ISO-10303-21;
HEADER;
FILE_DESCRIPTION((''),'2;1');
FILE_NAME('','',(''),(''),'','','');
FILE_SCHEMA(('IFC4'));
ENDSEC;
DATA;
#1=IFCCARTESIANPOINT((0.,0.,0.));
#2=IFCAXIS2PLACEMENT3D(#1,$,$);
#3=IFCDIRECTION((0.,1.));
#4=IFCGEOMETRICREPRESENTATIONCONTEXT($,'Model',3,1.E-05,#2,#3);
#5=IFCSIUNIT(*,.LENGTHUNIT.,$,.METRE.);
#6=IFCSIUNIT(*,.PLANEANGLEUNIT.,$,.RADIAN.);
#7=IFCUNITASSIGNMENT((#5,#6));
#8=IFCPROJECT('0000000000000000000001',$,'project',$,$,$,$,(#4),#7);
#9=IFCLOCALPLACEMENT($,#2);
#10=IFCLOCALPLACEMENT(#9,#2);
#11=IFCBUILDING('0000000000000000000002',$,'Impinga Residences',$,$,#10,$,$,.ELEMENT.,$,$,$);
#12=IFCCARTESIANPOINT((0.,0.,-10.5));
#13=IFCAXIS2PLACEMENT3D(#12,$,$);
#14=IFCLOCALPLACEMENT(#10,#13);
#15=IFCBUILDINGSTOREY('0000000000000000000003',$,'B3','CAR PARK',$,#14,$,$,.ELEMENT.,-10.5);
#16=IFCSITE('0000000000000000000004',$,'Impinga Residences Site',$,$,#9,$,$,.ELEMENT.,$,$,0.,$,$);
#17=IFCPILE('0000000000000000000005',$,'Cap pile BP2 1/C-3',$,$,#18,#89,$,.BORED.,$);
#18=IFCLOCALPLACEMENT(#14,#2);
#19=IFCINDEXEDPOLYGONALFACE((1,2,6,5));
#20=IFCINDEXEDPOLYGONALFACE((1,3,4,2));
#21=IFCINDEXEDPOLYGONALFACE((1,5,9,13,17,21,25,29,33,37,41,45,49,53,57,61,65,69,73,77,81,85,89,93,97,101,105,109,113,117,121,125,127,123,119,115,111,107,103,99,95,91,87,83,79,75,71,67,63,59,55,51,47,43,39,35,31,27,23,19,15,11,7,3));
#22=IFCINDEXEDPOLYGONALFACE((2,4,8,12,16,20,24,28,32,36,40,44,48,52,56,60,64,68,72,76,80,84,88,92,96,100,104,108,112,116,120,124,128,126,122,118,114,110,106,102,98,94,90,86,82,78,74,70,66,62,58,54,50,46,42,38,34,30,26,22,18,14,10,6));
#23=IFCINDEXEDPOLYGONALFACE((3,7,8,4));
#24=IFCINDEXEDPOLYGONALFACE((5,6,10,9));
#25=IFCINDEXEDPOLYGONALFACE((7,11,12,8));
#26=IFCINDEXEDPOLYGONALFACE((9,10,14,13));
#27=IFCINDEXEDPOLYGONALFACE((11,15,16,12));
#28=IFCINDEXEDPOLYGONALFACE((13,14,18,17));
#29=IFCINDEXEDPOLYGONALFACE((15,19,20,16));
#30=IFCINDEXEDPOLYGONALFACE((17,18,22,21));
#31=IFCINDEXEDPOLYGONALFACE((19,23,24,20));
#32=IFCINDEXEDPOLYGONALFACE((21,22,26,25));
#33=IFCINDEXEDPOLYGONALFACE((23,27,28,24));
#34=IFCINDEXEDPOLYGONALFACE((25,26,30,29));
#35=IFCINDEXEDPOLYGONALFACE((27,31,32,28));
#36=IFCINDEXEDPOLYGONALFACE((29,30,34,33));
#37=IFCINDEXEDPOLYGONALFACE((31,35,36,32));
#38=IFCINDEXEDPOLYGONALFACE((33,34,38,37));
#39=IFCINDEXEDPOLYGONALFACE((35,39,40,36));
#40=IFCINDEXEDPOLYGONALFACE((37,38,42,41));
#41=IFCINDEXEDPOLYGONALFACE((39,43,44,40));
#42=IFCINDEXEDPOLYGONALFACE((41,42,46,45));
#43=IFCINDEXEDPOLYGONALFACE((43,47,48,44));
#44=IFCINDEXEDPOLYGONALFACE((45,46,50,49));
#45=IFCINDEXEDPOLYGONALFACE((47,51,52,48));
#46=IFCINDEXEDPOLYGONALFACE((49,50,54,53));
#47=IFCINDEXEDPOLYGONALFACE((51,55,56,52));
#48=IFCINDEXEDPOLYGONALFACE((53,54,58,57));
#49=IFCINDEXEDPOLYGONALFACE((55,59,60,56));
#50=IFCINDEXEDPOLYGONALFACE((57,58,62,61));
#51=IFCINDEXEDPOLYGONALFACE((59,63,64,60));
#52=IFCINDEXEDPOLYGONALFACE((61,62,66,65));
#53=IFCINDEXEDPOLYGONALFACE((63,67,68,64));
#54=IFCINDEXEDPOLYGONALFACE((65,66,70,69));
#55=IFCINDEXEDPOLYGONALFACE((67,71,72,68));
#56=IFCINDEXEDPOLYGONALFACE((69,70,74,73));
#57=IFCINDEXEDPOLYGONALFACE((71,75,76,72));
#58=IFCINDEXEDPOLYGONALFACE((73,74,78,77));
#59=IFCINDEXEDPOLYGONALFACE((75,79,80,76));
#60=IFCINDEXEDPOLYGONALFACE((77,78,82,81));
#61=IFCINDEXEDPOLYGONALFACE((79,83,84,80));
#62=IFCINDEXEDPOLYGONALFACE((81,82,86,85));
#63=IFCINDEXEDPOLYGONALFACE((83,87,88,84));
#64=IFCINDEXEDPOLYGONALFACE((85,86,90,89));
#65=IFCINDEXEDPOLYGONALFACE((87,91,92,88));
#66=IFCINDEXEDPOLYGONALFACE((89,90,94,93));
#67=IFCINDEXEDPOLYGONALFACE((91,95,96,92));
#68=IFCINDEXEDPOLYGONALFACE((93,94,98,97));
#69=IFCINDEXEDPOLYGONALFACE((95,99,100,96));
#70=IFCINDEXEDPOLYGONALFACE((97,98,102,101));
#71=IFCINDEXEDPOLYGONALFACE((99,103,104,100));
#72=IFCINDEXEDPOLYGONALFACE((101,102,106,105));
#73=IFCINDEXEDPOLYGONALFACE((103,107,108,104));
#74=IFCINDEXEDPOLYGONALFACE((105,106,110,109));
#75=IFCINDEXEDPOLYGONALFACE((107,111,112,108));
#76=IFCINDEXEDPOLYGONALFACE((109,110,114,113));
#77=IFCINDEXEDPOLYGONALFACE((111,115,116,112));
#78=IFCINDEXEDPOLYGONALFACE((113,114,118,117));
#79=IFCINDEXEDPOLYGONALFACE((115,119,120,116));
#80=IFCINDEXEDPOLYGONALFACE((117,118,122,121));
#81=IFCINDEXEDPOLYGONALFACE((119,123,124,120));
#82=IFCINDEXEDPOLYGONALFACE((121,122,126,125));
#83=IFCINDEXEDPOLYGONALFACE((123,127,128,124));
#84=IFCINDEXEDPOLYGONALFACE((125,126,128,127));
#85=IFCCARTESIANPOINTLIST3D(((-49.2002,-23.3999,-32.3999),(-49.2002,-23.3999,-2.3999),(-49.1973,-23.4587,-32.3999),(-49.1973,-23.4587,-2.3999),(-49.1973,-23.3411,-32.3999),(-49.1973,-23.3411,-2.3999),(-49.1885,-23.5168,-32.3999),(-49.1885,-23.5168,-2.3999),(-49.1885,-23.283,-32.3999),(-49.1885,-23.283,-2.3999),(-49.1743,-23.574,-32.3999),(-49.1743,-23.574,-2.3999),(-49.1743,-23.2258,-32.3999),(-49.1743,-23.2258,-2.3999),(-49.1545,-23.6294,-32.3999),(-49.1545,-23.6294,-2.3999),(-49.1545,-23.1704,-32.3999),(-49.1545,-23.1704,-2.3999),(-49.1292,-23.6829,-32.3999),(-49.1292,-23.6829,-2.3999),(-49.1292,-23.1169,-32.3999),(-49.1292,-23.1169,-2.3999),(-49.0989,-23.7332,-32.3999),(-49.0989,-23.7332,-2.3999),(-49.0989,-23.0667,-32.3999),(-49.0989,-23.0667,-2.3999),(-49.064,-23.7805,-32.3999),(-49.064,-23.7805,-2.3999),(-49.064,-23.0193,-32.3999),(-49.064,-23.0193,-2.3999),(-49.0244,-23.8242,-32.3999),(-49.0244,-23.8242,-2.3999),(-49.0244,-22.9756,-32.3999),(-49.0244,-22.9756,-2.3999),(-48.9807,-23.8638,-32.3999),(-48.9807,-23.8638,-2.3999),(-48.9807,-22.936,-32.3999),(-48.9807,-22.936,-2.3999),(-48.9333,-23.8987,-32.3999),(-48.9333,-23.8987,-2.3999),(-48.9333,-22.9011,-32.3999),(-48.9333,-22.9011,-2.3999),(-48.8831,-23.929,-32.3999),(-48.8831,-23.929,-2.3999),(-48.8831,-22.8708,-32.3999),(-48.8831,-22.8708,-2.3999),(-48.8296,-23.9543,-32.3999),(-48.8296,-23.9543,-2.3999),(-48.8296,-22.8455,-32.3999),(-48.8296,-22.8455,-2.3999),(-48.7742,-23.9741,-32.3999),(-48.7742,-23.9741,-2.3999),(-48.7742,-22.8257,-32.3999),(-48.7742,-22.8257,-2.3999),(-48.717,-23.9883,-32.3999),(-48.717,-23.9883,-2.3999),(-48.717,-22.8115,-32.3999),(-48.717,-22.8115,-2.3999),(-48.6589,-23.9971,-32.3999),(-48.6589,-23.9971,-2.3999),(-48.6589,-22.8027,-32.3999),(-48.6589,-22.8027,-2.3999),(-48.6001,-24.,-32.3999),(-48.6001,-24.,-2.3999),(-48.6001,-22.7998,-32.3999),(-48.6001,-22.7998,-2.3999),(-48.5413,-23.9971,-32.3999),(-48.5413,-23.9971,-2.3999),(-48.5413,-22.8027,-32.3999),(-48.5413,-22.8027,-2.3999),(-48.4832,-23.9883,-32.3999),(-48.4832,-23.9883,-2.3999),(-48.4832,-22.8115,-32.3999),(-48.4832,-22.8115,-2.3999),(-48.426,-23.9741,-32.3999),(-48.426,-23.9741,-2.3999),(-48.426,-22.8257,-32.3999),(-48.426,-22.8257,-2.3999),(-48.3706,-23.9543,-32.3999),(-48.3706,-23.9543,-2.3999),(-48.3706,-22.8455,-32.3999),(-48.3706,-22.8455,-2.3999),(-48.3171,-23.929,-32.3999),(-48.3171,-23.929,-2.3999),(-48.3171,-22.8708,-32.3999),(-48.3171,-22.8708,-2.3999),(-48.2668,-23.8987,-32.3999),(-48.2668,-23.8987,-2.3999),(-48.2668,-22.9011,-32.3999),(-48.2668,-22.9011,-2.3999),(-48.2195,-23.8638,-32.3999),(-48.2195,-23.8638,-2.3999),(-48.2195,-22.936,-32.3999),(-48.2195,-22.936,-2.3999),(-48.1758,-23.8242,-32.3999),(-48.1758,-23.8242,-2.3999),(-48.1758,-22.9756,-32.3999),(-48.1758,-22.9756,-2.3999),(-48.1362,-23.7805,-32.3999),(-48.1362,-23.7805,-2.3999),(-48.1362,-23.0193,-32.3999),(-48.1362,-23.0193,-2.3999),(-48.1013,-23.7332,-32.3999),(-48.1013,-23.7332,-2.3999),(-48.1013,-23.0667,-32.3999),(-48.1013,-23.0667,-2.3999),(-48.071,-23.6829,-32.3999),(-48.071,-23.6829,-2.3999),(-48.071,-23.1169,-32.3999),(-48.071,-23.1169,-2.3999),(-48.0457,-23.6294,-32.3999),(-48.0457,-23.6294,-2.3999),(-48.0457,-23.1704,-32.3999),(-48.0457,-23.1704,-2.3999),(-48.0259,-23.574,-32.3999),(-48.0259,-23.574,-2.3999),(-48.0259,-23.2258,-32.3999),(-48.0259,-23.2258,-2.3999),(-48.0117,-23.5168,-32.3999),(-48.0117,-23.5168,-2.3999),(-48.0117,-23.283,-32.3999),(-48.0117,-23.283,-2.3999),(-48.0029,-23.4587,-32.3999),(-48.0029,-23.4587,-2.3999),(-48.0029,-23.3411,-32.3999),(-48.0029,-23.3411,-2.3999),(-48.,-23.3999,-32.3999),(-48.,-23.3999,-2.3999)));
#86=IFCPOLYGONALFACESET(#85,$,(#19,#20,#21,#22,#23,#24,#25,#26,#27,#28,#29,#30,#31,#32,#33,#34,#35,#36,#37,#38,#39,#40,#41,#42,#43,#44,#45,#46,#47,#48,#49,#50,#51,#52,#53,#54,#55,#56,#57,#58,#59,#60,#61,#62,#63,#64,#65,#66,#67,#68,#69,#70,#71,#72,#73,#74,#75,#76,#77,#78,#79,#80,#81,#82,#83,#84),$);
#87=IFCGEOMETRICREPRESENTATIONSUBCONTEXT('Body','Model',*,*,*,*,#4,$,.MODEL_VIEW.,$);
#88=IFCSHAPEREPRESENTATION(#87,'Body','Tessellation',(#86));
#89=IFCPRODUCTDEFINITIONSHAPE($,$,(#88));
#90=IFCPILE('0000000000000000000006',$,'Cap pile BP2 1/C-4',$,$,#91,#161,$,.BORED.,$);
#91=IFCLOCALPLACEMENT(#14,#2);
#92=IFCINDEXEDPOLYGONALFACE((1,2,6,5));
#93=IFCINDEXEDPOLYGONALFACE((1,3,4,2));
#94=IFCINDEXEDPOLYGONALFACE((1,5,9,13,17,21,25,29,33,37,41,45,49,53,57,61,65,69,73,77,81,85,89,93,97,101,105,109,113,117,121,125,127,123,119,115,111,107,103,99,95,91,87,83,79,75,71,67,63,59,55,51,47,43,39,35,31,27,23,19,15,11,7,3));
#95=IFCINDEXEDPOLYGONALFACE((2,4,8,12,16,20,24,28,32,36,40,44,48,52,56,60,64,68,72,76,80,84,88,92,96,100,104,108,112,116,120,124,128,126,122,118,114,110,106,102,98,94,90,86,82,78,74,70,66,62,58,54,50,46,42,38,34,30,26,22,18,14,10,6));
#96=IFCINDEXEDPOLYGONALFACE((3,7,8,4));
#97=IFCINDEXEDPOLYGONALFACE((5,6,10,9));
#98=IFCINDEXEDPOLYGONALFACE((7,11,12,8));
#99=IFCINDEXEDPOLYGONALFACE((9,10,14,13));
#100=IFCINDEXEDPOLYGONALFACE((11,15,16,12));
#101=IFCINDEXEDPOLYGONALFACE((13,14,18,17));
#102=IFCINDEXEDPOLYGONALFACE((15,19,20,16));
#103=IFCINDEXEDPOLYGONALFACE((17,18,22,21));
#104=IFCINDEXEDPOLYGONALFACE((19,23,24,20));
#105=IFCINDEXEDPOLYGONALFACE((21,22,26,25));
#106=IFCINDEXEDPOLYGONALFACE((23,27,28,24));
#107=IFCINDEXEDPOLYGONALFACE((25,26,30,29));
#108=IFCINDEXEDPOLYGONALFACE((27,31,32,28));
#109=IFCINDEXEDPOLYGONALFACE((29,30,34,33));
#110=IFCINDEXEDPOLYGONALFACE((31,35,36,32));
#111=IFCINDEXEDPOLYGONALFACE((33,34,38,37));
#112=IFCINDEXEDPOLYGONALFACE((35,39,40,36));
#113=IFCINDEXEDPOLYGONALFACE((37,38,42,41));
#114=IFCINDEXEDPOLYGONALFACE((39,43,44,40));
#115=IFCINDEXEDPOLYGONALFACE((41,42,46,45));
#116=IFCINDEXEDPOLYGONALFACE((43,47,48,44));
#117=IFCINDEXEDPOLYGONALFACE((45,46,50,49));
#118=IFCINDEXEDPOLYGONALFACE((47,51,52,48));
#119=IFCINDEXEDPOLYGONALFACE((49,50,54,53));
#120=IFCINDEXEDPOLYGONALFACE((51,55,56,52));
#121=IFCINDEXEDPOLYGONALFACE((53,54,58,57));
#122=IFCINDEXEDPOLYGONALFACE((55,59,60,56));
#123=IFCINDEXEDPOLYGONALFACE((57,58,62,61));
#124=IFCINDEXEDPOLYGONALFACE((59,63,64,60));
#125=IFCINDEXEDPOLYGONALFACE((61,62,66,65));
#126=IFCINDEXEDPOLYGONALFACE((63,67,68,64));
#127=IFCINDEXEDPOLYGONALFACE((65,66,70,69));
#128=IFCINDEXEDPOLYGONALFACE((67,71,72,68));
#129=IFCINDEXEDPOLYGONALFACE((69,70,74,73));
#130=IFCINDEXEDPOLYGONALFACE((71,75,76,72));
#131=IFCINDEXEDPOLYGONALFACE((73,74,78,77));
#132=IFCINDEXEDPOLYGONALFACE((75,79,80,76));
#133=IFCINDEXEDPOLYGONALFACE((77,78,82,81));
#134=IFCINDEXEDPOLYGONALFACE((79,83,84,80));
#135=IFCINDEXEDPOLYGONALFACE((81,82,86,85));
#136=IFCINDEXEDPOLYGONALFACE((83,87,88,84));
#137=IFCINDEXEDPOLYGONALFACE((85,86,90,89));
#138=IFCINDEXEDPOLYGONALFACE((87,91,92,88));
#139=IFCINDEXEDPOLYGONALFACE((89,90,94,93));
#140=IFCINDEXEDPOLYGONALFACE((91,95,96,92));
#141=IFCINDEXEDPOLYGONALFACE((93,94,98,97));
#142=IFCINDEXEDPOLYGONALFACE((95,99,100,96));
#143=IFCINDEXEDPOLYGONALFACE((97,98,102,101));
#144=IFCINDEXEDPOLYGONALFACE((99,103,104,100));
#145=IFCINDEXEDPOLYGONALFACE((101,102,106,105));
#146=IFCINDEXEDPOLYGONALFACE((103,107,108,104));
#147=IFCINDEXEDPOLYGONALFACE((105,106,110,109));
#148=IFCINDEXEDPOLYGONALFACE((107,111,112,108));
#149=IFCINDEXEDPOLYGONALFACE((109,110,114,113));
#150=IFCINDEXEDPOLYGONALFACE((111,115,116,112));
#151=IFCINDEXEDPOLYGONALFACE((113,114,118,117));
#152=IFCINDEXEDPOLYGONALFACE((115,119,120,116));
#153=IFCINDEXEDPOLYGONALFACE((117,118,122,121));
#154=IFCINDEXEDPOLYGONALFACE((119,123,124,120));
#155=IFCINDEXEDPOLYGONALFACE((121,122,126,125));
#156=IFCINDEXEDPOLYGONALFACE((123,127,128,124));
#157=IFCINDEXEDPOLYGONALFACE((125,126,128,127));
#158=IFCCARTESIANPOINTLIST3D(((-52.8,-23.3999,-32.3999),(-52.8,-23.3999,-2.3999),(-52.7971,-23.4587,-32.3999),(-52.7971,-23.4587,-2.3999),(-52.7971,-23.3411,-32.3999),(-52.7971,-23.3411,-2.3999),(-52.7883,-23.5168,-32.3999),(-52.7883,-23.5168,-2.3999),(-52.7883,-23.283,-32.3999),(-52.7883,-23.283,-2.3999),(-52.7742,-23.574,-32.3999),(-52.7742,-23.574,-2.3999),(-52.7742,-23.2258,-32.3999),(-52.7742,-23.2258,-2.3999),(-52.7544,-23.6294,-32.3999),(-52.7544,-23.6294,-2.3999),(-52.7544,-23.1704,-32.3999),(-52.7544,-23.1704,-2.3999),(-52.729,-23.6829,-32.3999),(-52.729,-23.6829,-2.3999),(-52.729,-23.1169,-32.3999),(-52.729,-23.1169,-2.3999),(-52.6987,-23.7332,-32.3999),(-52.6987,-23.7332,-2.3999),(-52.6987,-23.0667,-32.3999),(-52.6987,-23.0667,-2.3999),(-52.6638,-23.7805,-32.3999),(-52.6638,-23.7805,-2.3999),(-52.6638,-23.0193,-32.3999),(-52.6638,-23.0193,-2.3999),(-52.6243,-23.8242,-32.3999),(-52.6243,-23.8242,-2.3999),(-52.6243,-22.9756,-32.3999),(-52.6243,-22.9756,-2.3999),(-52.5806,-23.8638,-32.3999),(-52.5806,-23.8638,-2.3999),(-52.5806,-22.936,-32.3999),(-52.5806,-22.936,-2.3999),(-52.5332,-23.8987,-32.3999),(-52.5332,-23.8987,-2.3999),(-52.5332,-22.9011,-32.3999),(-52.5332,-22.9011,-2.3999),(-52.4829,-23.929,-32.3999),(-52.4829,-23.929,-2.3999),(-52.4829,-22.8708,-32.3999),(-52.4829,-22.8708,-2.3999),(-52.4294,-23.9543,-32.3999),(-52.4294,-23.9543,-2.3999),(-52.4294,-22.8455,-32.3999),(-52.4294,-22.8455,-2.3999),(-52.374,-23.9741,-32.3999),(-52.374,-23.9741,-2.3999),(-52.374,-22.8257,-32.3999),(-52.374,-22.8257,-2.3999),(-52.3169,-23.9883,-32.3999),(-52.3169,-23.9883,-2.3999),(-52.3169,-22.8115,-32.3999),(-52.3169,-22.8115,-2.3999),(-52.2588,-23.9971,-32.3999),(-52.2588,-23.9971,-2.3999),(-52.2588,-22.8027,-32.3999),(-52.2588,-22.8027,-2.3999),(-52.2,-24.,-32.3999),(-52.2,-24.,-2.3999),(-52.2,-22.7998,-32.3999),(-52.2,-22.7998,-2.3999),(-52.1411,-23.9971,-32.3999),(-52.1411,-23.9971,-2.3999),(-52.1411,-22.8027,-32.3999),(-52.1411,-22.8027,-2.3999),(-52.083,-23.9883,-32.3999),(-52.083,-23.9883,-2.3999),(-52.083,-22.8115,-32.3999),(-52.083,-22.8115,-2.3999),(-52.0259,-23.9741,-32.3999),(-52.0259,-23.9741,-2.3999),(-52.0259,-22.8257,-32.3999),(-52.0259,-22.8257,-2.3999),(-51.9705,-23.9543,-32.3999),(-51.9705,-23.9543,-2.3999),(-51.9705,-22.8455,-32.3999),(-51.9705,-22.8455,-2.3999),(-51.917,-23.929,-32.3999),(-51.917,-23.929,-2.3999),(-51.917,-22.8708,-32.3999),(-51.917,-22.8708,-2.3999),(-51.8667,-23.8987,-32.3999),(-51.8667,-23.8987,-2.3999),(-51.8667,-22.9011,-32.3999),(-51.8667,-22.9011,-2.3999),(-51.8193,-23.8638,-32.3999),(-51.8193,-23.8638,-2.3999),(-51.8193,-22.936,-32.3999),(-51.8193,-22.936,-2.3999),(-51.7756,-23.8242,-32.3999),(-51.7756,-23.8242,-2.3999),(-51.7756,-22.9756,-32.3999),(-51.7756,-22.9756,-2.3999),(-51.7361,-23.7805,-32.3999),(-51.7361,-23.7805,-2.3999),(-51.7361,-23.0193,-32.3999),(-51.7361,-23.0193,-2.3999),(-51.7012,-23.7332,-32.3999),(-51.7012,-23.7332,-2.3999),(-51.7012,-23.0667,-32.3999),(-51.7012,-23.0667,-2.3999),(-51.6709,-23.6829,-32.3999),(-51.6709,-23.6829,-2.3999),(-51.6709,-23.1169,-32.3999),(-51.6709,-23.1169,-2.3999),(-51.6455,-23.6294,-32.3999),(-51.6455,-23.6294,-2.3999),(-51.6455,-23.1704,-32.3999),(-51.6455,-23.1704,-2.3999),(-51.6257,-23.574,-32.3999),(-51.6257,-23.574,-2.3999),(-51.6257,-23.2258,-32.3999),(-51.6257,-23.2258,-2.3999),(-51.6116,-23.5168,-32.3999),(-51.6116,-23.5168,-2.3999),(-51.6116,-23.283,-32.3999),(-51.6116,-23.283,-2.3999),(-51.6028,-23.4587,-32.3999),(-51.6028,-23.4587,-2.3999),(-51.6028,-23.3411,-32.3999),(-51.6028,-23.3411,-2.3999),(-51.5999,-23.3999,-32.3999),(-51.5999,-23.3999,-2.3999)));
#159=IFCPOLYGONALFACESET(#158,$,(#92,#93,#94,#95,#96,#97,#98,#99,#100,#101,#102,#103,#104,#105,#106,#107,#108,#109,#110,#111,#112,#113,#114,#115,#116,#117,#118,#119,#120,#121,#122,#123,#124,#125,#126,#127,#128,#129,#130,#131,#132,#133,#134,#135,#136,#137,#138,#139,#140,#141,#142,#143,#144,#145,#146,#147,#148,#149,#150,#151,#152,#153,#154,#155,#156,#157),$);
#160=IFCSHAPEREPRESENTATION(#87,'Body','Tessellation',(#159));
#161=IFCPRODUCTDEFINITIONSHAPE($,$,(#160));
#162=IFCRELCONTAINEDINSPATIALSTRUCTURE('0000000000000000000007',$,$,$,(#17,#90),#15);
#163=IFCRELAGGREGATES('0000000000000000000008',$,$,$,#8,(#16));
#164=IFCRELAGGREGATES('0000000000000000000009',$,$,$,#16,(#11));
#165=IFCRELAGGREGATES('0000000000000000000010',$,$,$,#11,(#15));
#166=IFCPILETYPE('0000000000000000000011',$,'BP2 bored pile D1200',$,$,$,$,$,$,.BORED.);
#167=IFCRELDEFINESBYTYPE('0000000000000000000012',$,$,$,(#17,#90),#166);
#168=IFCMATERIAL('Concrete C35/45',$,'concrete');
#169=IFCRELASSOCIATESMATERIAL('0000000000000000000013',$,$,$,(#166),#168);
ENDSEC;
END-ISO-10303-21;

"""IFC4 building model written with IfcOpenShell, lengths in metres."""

from ifc_helpers import new_model, si_unit, direction, frame, origin, origin_2d, place, context, subcontext, project, spatial, polyline, circle, outline, extrude, material, material_profile, profile_set, type_object, element, save


model = new_model("IFC4")

# Units and contexts
model_context = context("Model", 3, precision=1e-05, world=origin(), true_north=direction((0.0, 1.0)))
body_context = subcontext(model_context, "Body", "Model", "MODEL_VIEW")
ifc_project = project(units=[si_unit("LENGTHUNIT", "METRE"), si_unit("PLANEANGLEUNIT", "RADIAN")], contexts=[model_context])

# Site, building, storey
site_placement = place(None, origin())
site = spatial("IfcSite", under=ifc_project, at=site_placement, Name="Impinga Residences Site", CompositionType="ELEMENT", RefElevation=0.0)
building_placement = place(site_placement, origin())
building = spatial("IfcBuilding", under=site, at=building_placement, Name="Impinga Residences", CompositionType="ELEMENT")
storey_placement = place(building_placement, frame((0.0, 0.0, -10.5)))
storey = spatial("IfcBuildingStorey", under=building, at=storey_placement, Name="B3", Description="CAR PARK", CompositionType="ELEMENT", Elevation=-10.5)

# Piles
ifc_material_1 = material(Name="Concrete C35/45", Category="concrete")
ifc_material_profile_1 = material_profile(ifc_material_1, circle(Radius=0.6001, at=origin_2d()), Name="D1200")
ifc_profile_set_1 = profile_set([ifc_material_profile_1], Name="Concrete C35/45")
pile_type_1 = type_object("IfcPileType", Name="BP2 bored pile D1200", PredefinedType="BORED", material=ifc_profile_set_1)
pile_1_placement = place(storey_placement, frame((-48.6001, -23.3999, -2.3999), z_axis=(0.0, 0.0, -1.0), x_axis=(1.0, 0.0, 0.0)))
element("IfcPile", 1, at=pile_1_placement, inside=storey, type_object=pile_type_1, Name="Cap pile BP2 1/C-3", PredefinedType="BORED", context=body_context, shape_type="SweptSolid", body=[
    extrude(outline(polyline([(0.6001, 0.0), (0.5972, 0.0588), (0.5884, 0.1169), (0.5742, 0.1741), (0.5544, 0.2295), (0.5291, 0.283), (0.4988, 0.3333), (0.4639, 0.3806), (0.4243, 0.4243), (0.3806, 0.4639), (0.3333, 0.4988), (0.283, 0.5291), (0.2295, 0.5544), (0.1741, 0.5742), (0.1169, 0.5884), (0.0588, 0.5972), (0.0, 0.6001), (-0.0588, 0.5972), (-0.1169, 0.5884), (-0.1741, 0.5742), (-0.2295, 0.5544), (-0.283, 0.5291), (-0.3333, 0.4988), (-0.3806, 0.4639), (-0.4243, 0.4243), (-0.4639, 0.3806), (-0.4988, 0.3333), (-0.5291, 0.283), (-0.5544, 0.2295), (-0.5742, 0.1741), (-0.5884, 0.1169), (-0.5972, 0.0588), (-0.6001, 0.0), (-0.5972, -0.0588), (-0.5884, -0.1169), (-0.5742, -0.1741), (-0.5544, -0.2295), (-0.5291, -0.283), (-0.4988, -0.3333), (-0.4639, -0.3806), (-0.4243, -0.4243), (-0.3806, -0.4639), (-0.3333, -0.4988), (-0.283, -0.5291), (-0.2295, -0.5544), (-0.1741, -0.5742), (-0.1169, -0.5884), (-0.0588, -0.5972), (0.0, -0.6001), (0.0588, -0.5972), (0.1169, -0.5884), (0.1741, -0.5742), (0.2295, -0.5544), (0.283, -0.5291), (0.3333, -0.4988), (0.3806, -0.4639), (0.4243, -0.4243), (0.4639, -0.3806), (0.4988, -0.3333), (0.5291, -0.283), (0.5544, -0.2295), (0.5742, -0.1741), (0.5884, -0.1169), (0.5972, -0.0588), (0.6001, 0.0)])), origin(), (0.0, 0.0, 1.0), 30.0),
])
pile_2_placement = place(storey_placement, frame((-52.2, -23.3999, -2.3999), z_axis=(0.0, 0.0, -1.0), x_axis=(1.0, 0.0, 0.0)))
element("IfcPile", 2, at=pile_2_placement, inside=storey, type_object=pile_type_1, Name="Cap pile BP2 1/C-4", PredefinedType="BORED", context=body_context, shape_type="SweptSolid", body=[
    extrude(outline(polyline([(0.6001, 0.0), (0.5972, 0.0588), (0.5884, 0.1169), (0.5742, 0.1741), (0.5544, 0.2295), (0.5291, 0.283), (0.4988, 0.3333), (0.4639, 0.3806), (0.4243, 0.4243), (0.3806, 0.4639), (0.3333, 0.4988), (0.283, 0.5291), (0.2295, 0.5544), (0.1741, 0.5742), (0.1169, 0.5884), (0.0588, 0.5972), (0.0, 0.6001), (-0.0588, 0.5972), (-0.1169, 0.5884), (-0.1741, 0.5742), (-0.2295, 0.5544), (-0.283, 0.5291), (-0.3333, 0.4988), (-0.3806, 0.4639), (-0.4243, 0.4243), (-0.4639, 0.3806), (-0.4988, 0.3333), (-0.5291, 0.283), (-0.5544, 0.2295), (-0.5742, 0.1741), (-0.5884, 0.1169), (-0.5972, 0.0588), (-0.6001, 0.0), (-0.5972, -0.0588), (-0.5884, -0.1169), (-0.5742, -0.1741), (-0.5544, -0.2295), (-0.5291, -0.283), (-0.4988, -0.3333), (-0.4639, -0.3806), (-0.4243, -0.4243), (-0.3806, -0.4639), (-0.3333, -0.4988), (-0.283, -0.5291), (-0.2295, -0.5544), (-0.1741, -0.5742), (-0.1169, -0.5884), (-0.0588, -0.5972), (0.0, -0.6001), (0.0588, -0.5972), (0.1169, -0.5884), (0.1741, -0.5742), (0.2295, -0.5544), (0.283, -0.5291), (0.3333, -0.4988), (0.3806, -0.4639), (0.4243, -0.4243), (0.4639, -0.3806), (0.4988, -0.3333), (0.5291, -0.283), (0.5544, -0.2295), (0.5742, -0.1741), (0.5884, -0.1169), (0.5972, -0.0588), (0.6001, 0.0)])), origin(), (0.0, 0.0, 1.0), 30.0),
])

save(model, "model.ifc")
